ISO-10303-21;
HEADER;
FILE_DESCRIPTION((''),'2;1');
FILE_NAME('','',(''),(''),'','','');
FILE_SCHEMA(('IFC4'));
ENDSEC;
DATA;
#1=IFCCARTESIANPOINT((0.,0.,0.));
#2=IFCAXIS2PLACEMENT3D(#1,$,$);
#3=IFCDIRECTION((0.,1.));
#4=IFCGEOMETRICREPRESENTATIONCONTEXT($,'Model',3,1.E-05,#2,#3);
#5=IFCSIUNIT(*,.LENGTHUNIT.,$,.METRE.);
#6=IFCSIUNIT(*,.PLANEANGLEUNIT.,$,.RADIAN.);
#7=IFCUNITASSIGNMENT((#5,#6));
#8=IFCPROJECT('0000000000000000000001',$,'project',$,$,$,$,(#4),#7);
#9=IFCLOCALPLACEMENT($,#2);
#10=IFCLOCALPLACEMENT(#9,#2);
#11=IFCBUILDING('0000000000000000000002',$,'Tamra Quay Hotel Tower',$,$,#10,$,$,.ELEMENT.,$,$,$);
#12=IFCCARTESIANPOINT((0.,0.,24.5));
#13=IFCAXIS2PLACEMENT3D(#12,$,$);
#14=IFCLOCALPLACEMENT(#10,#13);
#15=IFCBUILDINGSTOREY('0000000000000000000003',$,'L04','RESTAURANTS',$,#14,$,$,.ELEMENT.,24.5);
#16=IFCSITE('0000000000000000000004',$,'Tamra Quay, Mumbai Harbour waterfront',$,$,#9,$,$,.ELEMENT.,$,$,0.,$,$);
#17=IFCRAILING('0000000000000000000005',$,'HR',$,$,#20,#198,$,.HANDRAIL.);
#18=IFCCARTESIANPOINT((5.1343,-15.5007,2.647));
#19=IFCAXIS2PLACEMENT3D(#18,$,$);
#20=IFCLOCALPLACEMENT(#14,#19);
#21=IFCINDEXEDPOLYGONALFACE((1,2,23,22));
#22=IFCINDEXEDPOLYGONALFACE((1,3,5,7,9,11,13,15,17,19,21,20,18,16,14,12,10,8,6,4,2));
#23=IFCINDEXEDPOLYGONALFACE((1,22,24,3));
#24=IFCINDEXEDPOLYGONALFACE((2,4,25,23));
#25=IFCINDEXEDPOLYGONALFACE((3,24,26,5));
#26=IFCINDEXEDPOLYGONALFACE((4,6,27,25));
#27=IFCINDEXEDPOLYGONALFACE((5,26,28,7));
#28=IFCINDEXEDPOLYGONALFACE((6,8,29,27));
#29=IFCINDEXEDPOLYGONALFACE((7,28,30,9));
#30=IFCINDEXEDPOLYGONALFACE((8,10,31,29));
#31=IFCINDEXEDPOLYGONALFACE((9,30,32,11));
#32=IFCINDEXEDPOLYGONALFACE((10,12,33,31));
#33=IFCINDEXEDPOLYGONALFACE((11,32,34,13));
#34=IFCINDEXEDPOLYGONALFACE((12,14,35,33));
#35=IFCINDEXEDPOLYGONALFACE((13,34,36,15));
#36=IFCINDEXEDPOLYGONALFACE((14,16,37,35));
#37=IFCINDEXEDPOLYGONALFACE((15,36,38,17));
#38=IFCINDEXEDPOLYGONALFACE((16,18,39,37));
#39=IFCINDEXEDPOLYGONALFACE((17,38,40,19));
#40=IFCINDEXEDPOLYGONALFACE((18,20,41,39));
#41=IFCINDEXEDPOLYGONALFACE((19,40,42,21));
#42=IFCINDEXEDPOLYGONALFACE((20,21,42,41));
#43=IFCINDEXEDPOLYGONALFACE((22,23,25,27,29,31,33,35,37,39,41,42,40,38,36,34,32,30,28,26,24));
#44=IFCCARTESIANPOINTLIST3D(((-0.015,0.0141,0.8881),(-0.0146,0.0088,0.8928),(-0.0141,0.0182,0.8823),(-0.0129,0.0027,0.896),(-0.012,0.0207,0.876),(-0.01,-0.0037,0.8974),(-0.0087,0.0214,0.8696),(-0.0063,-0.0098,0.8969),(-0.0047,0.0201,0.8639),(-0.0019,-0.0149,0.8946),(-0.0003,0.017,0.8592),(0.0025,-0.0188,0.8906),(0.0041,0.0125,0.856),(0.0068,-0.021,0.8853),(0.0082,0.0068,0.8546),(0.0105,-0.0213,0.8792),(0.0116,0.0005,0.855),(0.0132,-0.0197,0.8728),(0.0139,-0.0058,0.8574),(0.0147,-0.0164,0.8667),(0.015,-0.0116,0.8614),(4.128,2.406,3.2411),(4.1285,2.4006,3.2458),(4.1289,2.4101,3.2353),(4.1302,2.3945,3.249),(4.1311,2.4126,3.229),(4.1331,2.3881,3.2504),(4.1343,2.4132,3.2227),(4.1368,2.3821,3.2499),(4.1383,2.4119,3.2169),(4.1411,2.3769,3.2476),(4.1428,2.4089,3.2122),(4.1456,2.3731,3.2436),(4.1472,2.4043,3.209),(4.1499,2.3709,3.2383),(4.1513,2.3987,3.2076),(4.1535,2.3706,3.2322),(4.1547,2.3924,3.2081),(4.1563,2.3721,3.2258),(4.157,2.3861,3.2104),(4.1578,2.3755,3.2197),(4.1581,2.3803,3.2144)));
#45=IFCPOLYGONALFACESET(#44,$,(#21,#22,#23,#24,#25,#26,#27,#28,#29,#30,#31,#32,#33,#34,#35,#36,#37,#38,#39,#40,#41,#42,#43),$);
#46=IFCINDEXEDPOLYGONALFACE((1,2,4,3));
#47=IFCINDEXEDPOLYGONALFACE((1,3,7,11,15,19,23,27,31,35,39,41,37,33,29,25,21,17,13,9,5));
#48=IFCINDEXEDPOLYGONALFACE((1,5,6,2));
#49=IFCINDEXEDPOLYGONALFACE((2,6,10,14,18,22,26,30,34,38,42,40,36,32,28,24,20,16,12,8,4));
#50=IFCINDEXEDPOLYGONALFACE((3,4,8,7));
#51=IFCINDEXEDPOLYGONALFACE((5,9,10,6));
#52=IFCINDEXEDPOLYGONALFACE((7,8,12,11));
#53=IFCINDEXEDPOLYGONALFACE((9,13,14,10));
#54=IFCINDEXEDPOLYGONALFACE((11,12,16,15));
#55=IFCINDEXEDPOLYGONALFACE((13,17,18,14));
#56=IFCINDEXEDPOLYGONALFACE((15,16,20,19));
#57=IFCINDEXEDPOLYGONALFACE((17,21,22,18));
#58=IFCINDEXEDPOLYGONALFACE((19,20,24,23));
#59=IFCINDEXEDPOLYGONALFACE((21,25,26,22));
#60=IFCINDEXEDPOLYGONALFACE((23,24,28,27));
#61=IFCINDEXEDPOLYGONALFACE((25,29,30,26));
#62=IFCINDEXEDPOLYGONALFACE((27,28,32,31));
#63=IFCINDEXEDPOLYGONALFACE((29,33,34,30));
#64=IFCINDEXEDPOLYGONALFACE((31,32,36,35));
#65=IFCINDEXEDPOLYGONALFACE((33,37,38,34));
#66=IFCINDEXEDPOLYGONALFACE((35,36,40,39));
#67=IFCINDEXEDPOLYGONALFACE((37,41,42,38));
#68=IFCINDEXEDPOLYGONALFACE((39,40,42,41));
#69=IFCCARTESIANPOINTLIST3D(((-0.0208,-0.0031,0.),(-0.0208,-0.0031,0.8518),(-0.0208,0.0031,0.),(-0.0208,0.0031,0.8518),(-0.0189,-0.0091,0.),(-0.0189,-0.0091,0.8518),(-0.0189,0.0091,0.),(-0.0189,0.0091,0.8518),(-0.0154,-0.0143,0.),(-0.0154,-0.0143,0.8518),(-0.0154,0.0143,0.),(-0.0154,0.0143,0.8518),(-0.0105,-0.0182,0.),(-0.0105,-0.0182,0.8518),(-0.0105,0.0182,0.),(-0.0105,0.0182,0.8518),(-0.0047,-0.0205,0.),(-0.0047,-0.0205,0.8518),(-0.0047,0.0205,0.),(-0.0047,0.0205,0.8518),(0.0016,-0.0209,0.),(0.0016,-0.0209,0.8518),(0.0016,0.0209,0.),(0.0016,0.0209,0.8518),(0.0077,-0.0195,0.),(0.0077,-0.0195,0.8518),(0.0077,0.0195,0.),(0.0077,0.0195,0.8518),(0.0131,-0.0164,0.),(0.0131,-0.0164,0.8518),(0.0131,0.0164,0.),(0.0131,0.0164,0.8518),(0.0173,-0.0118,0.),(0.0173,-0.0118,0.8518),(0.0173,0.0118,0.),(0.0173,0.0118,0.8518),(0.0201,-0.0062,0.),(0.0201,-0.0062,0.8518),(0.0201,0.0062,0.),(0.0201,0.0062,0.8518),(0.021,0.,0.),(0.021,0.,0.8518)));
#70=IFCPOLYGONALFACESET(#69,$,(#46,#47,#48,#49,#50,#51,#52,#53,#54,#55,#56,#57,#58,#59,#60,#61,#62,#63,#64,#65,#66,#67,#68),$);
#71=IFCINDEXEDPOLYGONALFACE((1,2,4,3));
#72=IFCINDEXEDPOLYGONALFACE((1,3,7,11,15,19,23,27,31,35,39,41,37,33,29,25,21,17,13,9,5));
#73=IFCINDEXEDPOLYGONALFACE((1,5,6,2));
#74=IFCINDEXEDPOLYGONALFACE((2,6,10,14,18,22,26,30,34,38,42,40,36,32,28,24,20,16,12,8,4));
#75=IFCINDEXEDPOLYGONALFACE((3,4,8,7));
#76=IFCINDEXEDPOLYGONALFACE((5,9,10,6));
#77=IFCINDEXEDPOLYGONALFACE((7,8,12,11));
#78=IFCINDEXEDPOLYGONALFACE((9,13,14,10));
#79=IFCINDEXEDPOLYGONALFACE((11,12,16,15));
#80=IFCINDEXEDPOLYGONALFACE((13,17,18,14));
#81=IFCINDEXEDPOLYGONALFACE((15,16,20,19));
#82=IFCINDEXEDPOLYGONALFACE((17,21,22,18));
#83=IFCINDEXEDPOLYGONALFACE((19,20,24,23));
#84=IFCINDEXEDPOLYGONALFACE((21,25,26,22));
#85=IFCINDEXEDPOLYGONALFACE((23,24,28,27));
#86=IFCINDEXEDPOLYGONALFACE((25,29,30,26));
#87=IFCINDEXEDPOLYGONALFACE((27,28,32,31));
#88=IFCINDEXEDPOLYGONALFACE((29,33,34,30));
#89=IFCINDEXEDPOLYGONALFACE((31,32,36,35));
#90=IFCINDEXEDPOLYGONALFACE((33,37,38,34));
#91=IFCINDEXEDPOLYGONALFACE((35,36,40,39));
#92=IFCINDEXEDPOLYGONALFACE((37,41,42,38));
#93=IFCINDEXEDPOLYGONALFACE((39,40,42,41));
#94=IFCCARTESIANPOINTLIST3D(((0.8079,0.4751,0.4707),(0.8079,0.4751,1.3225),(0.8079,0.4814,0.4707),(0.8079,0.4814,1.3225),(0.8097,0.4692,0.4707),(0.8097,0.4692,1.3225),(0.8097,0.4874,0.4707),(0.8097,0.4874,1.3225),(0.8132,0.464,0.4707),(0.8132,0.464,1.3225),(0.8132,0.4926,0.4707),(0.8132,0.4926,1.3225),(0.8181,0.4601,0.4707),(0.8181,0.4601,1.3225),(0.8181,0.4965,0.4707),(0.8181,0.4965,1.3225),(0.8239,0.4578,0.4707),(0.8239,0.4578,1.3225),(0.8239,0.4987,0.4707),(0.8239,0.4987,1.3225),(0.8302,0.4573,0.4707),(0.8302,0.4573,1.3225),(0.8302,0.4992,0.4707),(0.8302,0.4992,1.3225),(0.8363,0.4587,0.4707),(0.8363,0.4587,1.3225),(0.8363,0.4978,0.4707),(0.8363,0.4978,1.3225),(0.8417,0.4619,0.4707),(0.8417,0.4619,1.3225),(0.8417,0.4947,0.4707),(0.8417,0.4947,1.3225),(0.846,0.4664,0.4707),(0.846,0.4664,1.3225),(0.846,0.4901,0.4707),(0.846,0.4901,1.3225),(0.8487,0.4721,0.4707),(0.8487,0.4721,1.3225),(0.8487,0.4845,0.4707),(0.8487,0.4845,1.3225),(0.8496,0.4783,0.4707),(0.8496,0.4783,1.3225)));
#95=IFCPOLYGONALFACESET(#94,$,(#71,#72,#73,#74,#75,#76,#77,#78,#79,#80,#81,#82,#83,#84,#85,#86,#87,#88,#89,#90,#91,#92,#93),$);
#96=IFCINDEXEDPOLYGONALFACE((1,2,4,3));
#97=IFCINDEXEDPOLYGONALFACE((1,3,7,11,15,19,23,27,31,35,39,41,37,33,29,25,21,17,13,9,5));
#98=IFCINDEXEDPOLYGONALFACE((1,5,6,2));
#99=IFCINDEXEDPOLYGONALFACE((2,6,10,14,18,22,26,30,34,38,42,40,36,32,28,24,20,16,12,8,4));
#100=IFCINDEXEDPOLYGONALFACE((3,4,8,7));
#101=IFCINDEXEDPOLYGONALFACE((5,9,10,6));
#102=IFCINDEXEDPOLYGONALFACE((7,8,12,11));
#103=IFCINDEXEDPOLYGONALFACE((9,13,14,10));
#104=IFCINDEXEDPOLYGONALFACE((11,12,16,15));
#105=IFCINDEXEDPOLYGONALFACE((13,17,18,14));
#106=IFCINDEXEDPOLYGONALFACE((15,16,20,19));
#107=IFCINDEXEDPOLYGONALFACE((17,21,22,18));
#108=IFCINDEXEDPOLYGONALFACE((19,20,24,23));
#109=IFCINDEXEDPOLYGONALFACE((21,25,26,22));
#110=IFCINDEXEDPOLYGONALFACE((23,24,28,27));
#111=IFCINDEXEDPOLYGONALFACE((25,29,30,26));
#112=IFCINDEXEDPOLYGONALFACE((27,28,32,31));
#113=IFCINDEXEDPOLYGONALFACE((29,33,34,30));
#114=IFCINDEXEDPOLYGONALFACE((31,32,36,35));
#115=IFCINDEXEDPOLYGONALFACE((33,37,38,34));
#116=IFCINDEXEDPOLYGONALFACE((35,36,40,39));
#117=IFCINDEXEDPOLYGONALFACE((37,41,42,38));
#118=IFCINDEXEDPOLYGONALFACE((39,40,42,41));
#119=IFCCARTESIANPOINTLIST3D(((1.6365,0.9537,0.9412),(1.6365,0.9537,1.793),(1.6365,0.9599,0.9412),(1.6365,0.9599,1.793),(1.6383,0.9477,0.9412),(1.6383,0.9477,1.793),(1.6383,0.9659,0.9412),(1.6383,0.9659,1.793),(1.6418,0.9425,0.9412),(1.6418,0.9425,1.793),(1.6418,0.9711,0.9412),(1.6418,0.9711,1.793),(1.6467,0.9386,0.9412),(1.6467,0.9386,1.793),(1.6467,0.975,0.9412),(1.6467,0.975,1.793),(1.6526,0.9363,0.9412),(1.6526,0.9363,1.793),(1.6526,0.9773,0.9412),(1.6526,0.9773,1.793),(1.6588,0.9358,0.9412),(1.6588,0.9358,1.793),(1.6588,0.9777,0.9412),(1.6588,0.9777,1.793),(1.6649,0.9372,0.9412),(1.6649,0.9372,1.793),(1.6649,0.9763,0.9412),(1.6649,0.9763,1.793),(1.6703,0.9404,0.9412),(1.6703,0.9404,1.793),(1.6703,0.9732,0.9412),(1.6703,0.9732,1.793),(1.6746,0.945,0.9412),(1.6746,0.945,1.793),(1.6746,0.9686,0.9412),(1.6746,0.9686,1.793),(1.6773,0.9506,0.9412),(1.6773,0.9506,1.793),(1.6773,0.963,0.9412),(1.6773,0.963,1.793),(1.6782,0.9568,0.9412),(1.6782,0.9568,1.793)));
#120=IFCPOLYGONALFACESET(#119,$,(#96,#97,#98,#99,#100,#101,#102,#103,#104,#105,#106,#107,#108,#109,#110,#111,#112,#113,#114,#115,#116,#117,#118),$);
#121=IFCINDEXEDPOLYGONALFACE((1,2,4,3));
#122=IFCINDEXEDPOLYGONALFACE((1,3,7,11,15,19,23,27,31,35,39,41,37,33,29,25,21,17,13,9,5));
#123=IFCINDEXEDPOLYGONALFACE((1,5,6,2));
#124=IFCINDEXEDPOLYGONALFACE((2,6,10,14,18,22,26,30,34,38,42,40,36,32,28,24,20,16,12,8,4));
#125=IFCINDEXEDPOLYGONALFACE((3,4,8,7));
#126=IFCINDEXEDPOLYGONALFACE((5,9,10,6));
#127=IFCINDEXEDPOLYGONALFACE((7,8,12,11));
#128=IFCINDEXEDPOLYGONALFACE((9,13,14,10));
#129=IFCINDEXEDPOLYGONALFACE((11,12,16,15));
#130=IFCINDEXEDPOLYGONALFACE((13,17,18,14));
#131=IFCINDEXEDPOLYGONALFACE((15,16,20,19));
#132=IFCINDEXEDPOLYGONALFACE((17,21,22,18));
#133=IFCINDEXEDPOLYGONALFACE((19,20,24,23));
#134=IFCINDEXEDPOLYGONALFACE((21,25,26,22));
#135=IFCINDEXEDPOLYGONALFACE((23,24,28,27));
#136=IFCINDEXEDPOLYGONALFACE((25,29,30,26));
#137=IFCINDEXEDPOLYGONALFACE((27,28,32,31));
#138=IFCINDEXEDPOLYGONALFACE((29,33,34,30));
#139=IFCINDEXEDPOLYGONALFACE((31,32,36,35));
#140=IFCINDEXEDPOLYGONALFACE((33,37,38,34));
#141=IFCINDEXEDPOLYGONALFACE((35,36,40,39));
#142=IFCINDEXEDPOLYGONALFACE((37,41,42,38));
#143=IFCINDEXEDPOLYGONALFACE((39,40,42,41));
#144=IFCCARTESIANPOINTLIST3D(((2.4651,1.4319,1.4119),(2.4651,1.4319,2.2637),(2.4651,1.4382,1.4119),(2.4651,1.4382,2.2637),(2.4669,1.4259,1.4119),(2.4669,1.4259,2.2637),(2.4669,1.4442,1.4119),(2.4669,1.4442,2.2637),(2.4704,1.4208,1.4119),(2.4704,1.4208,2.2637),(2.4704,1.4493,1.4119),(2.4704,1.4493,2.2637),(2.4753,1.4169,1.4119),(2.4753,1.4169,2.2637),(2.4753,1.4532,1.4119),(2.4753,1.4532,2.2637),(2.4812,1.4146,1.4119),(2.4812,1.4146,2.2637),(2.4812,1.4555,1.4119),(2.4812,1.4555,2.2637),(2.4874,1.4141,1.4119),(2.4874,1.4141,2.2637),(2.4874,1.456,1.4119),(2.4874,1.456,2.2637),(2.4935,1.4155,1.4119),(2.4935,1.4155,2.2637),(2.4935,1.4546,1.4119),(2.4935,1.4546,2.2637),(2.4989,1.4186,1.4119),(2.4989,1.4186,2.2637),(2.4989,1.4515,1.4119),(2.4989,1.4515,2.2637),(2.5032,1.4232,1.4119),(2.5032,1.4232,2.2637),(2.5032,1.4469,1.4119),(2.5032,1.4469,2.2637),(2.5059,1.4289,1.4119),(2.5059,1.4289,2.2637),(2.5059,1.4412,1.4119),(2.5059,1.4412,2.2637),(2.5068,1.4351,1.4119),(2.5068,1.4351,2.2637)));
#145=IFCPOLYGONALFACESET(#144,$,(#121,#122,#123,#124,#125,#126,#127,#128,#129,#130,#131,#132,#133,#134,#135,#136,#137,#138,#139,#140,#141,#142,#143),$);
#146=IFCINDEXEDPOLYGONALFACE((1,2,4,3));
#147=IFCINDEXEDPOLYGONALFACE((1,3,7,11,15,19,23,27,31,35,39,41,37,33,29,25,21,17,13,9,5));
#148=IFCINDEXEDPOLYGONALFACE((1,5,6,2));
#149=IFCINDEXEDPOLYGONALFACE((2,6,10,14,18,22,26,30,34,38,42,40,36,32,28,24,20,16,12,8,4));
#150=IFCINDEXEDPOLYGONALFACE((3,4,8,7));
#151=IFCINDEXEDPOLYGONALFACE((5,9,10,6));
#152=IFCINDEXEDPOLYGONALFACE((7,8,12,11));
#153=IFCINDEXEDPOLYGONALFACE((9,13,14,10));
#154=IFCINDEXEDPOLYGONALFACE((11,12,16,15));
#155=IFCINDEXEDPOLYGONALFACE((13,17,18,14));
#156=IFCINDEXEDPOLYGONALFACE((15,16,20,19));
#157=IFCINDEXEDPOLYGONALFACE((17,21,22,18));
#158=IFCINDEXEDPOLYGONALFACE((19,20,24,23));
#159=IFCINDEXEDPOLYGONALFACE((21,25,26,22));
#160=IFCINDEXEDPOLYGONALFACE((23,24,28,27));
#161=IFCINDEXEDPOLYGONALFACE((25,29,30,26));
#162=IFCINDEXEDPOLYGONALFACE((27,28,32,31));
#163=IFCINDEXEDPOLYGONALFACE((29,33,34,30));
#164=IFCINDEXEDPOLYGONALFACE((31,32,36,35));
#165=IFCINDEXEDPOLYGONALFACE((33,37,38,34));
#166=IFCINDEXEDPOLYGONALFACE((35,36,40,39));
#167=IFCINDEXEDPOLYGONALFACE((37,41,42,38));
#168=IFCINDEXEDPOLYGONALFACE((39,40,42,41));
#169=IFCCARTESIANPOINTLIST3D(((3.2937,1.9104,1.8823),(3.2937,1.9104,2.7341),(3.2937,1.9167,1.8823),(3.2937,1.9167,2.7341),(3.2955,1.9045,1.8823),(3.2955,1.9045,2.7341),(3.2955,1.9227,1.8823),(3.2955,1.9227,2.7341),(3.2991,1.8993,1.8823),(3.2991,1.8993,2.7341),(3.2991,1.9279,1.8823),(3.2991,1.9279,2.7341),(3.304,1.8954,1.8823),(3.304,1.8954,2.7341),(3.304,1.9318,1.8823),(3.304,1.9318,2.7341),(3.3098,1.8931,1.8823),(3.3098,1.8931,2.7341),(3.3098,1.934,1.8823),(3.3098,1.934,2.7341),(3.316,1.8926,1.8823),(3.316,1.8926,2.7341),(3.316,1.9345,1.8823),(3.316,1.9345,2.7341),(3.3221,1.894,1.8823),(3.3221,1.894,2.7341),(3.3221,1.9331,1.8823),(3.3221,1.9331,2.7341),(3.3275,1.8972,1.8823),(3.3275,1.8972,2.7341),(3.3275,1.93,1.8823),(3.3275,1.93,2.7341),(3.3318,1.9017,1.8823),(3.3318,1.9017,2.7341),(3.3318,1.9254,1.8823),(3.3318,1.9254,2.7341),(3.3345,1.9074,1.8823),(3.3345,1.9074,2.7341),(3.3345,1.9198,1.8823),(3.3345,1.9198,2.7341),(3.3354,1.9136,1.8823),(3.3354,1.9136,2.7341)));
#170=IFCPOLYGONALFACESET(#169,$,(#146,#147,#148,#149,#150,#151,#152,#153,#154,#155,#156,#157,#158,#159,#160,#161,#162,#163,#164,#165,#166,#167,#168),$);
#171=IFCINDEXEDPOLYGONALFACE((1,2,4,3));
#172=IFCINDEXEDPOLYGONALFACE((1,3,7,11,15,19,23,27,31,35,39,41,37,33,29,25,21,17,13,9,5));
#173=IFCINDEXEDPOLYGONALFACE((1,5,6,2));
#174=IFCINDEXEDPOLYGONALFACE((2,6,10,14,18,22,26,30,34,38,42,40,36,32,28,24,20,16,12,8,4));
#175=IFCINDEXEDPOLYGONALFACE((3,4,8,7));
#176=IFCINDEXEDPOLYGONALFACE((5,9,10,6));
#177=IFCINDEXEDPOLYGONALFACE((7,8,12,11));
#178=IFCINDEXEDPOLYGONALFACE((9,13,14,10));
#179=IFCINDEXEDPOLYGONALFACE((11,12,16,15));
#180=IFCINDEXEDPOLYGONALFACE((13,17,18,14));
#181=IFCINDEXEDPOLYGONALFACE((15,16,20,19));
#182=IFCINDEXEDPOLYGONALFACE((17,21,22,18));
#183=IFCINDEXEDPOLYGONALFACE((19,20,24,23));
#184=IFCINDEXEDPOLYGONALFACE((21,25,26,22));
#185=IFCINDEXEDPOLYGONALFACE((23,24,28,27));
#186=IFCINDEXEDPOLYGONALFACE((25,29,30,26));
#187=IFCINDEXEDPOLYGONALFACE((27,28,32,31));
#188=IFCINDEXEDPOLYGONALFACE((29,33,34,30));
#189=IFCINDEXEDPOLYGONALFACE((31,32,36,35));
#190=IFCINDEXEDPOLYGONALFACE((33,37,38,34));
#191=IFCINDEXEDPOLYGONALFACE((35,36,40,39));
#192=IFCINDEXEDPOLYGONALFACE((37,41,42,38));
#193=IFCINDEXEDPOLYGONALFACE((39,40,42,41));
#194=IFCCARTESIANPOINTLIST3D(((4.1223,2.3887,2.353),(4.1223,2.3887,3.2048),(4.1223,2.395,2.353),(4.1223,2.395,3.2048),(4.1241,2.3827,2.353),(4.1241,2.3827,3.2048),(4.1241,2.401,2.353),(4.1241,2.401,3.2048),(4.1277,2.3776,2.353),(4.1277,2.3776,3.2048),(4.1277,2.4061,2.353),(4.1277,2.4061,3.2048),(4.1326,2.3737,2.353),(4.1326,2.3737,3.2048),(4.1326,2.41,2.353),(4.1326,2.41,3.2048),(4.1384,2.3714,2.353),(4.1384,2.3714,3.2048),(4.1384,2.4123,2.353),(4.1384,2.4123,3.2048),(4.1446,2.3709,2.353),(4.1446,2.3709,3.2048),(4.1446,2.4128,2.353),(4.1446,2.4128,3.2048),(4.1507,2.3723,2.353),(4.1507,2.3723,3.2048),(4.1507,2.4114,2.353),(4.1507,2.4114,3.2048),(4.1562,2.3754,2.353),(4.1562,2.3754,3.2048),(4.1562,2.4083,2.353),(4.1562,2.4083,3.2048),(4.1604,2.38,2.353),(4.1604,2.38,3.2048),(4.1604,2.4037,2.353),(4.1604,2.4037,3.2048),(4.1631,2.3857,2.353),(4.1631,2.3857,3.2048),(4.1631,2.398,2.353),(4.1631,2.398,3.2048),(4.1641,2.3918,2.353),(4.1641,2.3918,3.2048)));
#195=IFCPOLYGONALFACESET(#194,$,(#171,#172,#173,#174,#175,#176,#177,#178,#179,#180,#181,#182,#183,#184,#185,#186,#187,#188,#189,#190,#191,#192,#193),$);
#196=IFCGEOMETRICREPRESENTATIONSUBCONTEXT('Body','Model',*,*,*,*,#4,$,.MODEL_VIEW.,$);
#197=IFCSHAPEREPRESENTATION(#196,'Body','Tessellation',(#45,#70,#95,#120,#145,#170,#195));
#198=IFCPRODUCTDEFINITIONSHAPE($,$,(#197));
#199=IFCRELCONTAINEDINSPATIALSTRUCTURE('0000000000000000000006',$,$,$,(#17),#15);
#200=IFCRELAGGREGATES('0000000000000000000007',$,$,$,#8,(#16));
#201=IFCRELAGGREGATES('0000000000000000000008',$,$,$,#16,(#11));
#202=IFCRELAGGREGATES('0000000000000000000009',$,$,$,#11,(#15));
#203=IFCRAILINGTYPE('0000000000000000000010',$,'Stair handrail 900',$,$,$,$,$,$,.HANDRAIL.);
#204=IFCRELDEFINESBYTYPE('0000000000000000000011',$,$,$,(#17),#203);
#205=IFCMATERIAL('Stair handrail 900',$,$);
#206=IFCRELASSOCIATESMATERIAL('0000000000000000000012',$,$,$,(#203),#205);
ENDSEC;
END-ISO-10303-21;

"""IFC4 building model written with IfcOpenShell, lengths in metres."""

from ifc_helpers import new_model, si_unit, direction, frame, origin, origin_2d, place, context, subcontext, project, spatial, circle, extrude, material, type_object, element, save


model = new_model("IFC4")

# Units and contexts
model_context = context("Model", 3, precision=1e-05, world=origin(), true_north=direction((0.0, 1.0)))
body_context = subcontext(model_context, "Body", "Model", "MODEL_VIEW")
ifc_project = project(units=[si_unit("LENGTHUNIT", "METRE"), si_unit("PLANEANGLEUNIT", "RADIAN")], contexts=[model_context])

# Site, building, storey
site_placement = place(None, origin())
site = spatial("IfcSite", under=ifc_project, at=site_placement, Name="Tamra Quay, Mumbai Harbour waterfront", CompositionType="ELEMENT", RefElevation=0.0)
building_placement = place(site_placement, origin())
building = spatial("IfcBuilding", under=site, at=building_placement, Name="Tamra Quay Hotel Tower", CompositionType="ELEMENT")
storey_placement = place(building_placement, frame((0.0, 0.0, 24.5)))
storey = spatial("IfcBuildingStorey", under=building, at=storey_placement, Name="L04", Description="RESTAURANTS", CompositionType="ELEMENT", Elevation=24.5)

# Railing
ifc_material_1 = material(Name="Stair handrail 900")
railing_type_1 = type_object("IfcRailingType", Name="Stair handrail 900", PredefinedType="HANDRAIL", material=ifc_material_1)
railing_1_placement = place(storey_placement, frame((5.1343, -15.5007, 2.647)))
element("IfcRailing", 1, at=railing_1_placement, inside=storey, type_object=railing_type_1, Name="HR", PredefinedType="HANDRAIL", context=body_context, shape_type="SweptSolid", body=[
    extrude(circle(Radius=0.0239, at=origin_2d()), frame((0.0, 0.0, 0.876), z_axis=(0.777123, 0.448643, 0.441362), x_axis=(-0.499976, 0.866039, 0.0)), (0.0, 0.0, 1.0), 5.3313),
    extrude(circle(Radius=0.021, at=origin_2d()), origin(), (0.0, 0.0, 1.0), 0.8518),
    extrude(circle(Radius=0.021, at=origin_2d()), frame((0.8286, 0.4783, 0.4707)), (0.0, 0.0, 1.0), 0.8518),
    extrude(circle(Radius=0.021, at=origin_2d()), frame((1.6572, 0.9568, 0.9412)), (0.0, 0.0, 1.0), 0.8518),
    extrude(circle(Radius=0.021, at=origin_2d()), frame((2.4858, 1.4351, 1.4119)), (0.0, 0.0, 1.0), 0.8518),
    extrude(circle(Radius=0.021, at=origin_2d()), frame((3.3145, 1.9136, 1.8823)), (0.0, 0.0, 1.0), 0.8518),
    extrude(circle(Radius=0.021, at=origin_2d()), frame((4.1431, 2.3918, 2.353)), (0.0, 0.0, 1.0), 0.8518),
])

save(model, "model.ifc")
